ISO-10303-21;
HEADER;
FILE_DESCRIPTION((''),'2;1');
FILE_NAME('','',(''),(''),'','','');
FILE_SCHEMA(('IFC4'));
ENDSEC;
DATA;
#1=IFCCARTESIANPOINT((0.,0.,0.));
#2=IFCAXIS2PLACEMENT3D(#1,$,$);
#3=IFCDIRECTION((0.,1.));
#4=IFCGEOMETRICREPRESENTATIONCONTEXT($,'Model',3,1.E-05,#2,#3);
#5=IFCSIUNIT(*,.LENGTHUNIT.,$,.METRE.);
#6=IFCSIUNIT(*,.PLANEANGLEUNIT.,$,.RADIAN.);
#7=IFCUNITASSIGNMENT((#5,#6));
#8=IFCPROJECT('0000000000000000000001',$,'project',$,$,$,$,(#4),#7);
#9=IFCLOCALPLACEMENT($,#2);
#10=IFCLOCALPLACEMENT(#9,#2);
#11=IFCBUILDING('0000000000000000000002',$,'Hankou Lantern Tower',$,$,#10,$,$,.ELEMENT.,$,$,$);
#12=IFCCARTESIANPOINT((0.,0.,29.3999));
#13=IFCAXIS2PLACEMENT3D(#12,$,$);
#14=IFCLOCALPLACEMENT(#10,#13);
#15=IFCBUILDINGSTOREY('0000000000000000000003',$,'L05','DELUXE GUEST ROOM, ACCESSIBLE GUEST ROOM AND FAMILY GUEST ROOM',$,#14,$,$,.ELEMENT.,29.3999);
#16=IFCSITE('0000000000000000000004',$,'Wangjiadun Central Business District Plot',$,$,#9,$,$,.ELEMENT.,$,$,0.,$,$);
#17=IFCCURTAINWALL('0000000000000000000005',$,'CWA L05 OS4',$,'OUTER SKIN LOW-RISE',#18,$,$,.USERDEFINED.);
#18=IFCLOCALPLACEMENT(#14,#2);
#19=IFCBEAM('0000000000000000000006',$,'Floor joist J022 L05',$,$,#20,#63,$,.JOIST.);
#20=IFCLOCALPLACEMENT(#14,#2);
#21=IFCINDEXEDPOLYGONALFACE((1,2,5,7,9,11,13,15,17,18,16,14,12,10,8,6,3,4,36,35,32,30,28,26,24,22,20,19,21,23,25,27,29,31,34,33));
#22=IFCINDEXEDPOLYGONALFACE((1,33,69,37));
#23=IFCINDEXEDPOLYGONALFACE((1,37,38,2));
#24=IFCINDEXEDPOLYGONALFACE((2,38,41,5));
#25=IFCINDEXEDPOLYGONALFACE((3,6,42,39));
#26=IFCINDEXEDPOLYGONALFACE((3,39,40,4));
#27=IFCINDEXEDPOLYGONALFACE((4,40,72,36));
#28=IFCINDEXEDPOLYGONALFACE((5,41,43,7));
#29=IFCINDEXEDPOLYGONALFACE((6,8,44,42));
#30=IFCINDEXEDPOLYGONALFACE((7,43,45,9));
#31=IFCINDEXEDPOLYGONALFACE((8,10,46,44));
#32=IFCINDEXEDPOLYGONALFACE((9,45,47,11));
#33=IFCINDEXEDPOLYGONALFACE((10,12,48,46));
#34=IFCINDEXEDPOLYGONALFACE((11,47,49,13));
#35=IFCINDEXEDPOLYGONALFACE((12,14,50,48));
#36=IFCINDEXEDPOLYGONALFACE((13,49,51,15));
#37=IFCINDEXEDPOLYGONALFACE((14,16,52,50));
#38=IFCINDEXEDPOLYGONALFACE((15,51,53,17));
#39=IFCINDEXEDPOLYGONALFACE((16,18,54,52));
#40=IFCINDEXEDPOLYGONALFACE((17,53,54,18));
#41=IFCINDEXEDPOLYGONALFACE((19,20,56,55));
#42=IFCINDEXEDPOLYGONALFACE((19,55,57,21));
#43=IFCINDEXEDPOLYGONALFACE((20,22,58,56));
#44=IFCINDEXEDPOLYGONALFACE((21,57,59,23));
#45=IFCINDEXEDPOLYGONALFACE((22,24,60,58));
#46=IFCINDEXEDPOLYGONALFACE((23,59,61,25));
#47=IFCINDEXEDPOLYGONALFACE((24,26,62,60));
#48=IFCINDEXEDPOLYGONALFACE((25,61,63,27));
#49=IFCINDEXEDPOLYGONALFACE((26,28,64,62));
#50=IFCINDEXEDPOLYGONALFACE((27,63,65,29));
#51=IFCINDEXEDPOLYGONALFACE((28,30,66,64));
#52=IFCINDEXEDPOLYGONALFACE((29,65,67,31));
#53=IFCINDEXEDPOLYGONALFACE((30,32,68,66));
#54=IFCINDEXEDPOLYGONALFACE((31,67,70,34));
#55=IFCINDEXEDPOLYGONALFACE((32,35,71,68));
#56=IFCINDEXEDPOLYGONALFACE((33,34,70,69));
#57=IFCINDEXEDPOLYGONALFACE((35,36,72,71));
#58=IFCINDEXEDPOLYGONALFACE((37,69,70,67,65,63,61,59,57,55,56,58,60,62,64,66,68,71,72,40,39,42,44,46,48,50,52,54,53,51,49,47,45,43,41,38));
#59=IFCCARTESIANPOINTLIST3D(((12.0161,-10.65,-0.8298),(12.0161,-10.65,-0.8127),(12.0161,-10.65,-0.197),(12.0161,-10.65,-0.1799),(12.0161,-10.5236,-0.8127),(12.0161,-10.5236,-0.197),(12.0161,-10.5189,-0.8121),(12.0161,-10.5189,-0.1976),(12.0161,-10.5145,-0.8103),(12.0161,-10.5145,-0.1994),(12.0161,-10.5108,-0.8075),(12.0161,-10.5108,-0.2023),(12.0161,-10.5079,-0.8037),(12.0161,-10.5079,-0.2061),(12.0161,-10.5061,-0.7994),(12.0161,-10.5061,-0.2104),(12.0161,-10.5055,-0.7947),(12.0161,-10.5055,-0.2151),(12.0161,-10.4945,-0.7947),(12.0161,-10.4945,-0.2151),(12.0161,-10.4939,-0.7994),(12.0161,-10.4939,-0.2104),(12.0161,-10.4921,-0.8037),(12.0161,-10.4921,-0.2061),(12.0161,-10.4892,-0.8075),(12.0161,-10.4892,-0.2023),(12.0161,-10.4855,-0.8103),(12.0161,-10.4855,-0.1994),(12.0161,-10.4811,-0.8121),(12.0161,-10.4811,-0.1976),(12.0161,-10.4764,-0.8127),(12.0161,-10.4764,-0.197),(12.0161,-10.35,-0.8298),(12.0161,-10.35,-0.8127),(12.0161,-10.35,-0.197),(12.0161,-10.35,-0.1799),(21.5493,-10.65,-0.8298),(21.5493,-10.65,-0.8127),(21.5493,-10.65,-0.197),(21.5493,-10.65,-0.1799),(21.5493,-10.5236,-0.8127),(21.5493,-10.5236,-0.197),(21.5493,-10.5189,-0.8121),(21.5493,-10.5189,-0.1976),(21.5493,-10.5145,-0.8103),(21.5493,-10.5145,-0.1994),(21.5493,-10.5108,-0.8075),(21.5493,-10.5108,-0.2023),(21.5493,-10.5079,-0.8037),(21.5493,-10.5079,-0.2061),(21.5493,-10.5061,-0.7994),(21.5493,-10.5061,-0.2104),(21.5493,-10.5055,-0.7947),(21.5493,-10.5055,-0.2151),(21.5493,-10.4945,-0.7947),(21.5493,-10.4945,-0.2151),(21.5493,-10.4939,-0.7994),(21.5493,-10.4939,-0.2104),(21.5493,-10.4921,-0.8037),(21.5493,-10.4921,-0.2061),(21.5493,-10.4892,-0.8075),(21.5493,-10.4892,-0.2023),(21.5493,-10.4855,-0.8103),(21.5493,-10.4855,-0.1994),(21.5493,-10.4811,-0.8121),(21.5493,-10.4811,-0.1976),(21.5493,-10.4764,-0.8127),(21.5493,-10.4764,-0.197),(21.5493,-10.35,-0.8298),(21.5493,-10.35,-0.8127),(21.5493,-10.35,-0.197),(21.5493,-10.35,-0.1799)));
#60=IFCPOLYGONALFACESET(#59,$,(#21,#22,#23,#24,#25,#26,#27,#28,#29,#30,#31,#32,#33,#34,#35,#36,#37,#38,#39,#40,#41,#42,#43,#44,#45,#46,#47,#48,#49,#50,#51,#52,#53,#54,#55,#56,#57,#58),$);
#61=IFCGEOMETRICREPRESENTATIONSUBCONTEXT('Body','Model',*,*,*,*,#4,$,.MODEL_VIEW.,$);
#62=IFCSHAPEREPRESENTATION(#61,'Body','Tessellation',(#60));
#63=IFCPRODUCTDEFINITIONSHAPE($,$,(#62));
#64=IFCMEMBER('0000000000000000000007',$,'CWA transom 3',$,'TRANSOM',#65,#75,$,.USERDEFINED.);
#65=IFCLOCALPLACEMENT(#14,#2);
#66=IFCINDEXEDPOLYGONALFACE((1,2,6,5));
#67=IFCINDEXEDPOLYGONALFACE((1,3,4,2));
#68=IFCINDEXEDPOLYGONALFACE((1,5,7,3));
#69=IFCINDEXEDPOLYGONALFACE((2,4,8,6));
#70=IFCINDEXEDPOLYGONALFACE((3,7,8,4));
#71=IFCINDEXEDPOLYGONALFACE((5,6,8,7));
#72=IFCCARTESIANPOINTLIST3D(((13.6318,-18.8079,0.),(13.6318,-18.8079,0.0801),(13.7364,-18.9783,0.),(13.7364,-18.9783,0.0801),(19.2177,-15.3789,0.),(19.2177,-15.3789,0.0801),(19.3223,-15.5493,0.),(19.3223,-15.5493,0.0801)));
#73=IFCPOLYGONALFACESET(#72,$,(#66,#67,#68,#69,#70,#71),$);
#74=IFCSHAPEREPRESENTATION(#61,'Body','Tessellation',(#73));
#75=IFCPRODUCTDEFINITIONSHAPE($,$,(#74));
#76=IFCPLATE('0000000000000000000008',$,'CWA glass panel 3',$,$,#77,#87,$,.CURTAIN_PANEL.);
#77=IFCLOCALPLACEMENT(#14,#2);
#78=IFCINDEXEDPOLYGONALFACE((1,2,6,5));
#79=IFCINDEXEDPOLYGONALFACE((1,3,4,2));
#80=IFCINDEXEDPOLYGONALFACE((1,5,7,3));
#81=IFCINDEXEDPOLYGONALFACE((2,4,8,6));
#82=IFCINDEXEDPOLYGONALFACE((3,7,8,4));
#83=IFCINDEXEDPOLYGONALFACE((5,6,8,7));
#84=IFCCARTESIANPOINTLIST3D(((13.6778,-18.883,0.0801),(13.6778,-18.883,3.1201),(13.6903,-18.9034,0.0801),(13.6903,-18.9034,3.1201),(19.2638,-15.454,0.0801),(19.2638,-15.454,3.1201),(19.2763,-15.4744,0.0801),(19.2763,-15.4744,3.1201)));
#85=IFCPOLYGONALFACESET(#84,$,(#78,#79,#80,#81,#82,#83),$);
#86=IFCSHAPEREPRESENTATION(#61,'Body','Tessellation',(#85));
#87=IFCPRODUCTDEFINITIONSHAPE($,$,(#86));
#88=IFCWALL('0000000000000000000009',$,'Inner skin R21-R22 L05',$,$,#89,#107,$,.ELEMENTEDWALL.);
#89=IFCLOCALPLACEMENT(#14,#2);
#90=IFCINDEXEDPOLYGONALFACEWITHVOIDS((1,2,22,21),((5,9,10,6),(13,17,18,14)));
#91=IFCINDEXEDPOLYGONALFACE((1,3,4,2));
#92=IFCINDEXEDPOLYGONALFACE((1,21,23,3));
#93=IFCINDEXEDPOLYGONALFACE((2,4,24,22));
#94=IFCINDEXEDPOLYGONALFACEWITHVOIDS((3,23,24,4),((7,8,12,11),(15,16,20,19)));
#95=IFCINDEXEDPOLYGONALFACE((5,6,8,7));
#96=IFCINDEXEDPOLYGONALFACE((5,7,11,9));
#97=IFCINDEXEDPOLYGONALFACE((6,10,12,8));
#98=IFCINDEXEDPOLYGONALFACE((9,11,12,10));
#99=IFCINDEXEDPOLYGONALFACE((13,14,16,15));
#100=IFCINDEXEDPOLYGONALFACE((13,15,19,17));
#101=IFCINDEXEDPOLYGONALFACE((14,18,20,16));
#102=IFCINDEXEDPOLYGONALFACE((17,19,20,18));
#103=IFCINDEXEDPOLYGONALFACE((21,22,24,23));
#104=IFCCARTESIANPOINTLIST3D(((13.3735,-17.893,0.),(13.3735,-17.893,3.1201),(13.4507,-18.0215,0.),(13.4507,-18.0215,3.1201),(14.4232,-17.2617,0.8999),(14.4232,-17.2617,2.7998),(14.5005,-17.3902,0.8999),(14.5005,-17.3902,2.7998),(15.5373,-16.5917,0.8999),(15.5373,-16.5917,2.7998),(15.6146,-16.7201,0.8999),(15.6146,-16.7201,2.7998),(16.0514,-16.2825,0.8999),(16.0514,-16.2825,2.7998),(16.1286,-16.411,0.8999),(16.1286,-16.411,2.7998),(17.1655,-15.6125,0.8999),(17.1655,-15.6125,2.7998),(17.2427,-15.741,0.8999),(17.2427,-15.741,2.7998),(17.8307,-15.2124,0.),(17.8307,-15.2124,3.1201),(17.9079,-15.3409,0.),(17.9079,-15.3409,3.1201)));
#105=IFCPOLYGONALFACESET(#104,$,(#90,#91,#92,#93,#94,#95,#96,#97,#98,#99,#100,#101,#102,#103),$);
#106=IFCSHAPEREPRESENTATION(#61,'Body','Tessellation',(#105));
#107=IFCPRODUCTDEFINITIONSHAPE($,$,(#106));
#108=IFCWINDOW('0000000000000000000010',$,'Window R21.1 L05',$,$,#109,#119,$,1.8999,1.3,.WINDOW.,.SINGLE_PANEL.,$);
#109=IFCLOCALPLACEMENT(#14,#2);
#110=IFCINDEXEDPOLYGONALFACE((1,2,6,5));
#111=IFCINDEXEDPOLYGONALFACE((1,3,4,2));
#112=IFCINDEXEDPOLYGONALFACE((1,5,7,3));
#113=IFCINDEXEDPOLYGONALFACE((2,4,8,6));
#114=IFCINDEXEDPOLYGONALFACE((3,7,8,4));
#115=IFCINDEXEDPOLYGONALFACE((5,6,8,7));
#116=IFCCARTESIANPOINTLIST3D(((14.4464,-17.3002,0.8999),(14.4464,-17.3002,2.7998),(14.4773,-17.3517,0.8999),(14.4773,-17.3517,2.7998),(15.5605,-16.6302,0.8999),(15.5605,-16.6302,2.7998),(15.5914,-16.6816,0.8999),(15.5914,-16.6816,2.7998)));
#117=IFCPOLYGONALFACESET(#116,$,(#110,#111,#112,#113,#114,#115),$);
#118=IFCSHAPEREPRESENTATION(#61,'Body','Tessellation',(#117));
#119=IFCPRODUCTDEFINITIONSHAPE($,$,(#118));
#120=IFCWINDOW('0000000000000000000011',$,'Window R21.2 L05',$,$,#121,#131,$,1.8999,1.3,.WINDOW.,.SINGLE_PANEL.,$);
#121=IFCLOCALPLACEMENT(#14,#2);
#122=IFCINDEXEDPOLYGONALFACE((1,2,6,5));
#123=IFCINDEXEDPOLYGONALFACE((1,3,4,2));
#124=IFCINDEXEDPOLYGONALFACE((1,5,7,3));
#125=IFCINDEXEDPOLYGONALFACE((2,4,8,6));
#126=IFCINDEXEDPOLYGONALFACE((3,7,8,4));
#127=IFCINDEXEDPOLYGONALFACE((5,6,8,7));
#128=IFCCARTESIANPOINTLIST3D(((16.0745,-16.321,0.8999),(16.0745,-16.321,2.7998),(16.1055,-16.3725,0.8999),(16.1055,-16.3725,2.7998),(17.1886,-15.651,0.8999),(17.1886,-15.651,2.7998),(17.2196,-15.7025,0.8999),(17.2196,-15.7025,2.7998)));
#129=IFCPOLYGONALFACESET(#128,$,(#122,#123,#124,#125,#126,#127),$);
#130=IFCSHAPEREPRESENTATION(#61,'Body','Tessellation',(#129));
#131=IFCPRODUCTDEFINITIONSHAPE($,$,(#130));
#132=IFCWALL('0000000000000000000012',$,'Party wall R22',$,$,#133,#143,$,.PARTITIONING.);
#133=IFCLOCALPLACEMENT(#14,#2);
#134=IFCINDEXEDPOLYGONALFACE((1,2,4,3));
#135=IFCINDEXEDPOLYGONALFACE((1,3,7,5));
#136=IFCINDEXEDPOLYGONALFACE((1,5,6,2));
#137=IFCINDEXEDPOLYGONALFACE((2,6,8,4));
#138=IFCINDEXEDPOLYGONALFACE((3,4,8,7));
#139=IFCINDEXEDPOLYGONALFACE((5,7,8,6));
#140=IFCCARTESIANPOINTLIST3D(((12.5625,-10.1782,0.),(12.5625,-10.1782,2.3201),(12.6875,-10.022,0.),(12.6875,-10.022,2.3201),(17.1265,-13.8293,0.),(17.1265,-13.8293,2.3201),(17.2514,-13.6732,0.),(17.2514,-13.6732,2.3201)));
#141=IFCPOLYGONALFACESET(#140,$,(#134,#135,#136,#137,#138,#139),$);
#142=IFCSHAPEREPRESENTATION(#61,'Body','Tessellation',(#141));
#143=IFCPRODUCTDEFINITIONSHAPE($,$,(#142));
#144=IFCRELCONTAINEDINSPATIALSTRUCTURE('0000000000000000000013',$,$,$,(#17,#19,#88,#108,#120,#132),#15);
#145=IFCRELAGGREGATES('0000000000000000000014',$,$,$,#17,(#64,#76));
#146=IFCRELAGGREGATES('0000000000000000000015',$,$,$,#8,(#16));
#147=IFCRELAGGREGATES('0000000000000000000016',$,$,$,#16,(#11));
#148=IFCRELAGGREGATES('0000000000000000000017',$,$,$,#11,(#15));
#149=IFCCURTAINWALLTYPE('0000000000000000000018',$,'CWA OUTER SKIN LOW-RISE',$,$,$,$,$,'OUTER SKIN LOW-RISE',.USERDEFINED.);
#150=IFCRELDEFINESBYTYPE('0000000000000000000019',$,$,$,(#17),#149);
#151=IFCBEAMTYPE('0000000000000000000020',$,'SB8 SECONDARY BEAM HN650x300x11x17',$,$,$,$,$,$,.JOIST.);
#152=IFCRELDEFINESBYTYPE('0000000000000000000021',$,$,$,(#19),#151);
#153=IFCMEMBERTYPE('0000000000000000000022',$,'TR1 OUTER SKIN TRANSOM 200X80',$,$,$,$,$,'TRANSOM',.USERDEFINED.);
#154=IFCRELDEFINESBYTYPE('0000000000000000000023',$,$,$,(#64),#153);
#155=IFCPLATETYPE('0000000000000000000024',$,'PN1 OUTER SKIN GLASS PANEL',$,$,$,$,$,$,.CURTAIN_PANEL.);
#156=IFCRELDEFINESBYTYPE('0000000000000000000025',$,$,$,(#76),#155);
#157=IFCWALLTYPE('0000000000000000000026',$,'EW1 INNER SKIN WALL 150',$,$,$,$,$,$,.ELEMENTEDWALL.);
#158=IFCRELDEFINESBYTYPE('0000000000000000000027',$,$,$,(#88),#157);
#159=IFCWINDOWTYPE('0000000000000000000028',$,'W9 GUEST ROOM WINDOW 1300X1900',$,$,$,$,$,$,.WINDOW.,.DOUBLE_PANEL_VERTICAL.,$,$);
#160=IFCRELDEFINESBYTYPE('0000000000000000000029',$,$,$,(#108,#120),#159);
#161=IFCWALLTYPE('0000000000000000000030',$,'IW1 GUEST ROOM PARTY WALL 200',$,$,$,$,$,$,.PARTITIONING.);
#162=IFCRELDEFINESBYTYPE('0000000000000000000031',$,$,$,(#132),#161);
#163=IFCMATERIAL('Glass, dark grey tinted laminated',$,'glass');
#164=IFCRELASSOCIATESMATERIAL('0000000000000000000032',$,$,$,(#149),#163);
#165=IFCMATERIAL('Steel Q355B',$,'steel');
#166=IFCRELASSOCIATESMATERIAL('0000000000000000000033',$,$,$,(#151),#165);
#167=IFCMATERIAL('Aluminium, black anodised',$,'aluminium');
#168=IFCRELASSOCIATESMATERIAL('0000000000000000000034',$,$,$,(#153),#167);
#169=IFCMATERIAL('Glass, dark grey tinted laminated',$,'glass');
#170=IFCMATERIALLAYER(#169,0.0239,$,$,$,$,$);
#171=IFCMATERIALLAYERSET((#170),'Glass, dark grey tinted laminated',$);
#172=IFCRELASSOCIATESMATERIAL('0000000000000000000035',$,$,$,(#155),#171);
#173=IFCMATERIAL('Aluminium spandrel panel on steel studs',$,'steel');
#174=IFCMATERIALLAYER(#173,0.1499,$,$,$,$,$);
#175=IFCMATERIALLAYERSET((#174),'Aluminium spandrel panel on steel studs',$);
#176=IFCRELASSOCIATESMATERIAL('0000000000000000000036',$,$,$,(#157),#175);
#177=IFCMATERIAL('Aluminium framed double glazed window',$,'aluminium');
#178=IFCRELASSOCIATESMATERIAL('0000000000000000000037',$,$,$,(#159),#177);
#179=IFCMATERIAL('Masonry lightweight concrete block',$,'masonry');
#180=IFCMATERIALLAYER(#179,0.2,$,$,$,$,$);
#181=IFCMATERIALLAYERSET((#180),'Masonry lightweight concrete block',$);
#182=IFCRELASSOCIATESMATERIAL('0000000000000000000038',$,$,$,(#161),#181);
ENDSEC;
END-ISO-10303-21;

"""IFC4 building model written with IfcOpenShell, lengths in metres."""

from ifc_helpers import new_model, si_unit, direction, frame, frame_2d, origin, origin_2d, place, context, subcontext, project, spatial, rectangle, i_section, extrude, material, layer, layer_set, material_profile, profile_set, type_object, element, fill, aggregate, save


model = new_model("IFC4")

# Units and contexts
model_context = context("Model", 3, precision=1e-05, world=origin(), true_north=direction((0.0, 1.0)))
body_context = subcontext(model_context, "Body", "Model", "MODEL_VIEW")
ifc_project = project(units=[si_unit("LENGTHUNIT", "METRE"), si_unit("PLANEANGLEUNIT", "RADIAN")], contexts=[model_context])

# Site, building, storey
site_placement = place(None, origin())
site = spatial("IfcSite", under=ifc_project, at=site_placement, Name="Wangjiadun Central Business District Plot", CompositionType="ELEMENT", RefElevation=0.0)
building_placement = place(site_placement, origin())
building = spatial("IfcBuilding", under=site, at=building_placement, Name="Hankou Lantern Tower", CompositionType="ELEMENT")
storey_placement = place(building_placement, frame((0.0, 0.0, 29.3999)))
storey = spatial("IfcBuildingStorey", under=building, at=storey_placement, Name="L05", Description="DELUXE GUEST ROOM, ACCESSIBLE GUEST ROOM AND FAMILY GUEST ROOM", CompositionType="ELEMENT", Elevation=29.3999)

# Curtain wall
ifc_material_1 = material(Name="Glass, dark grey tinted laminated", Category="glass")
curtain_wall_type = type_object("IfcCurtainWallType", Name="CWA OUTER SKIN LOW-RISE", ElementType="OUTER SKIN LOW-RISE", PredefinedType="USERDEFINED", material=ifc_material_1)
curtain_wall_placement = place(storey_placement, origin())
curtain_wall = element("IfcCurtainWall", 1, at=curtain_wall_placement, inside=storey, type_object=curtain_wall_type, Name="CWA L05 OS4", ObjectType="OUTER SKIN LOW-RISE", PredefinedType="USERDEFINED")

# Beam
ifc_material_2 = material(Name="Steel Q355B", Category="steel")
ifc_material_profile_1 = material_profile(ifc_material_2, i_section(OverallWidth=0.3, OverallDepth=0.6499, WebThickness=0.011, FlangeThickness=0.0171, FilletRadius=0.0181, at=origin_2d()), Name="HN650x300x11x17")
ifc_profile_set_1 = profile_set([ifc_material_profile_1], Name="Steel Q355B")
beam_type_1 = type_object("IfcBeamType", Name="SB8 SECONDARY BEAM HN650x300x11x17", PredefinedType="JOIST", material=ifc_profile_set_1)
beam_1_placement = place(storey_placement, frame((12.0161, -10.5, -0.5049), z_axis=(1.0, 0.0, 0.0), x_axis=(0.0, 1.0, 0.0)))
element("IfcBeam", 2, at=beam_1_placement, inside=storey, type_object=beam_type_1, Name="Floor joist J022 L05", PredefinedType="JOIST", context=body_context, shape_type="SweptSolid", body=[
    extrude(i_section(OverallWidth=0.3, OverallDepth=0.6499, WebThickness=0.011, FlangeThickness=0.0171, FilletRadius=0.0181, at=origin_2d()), origin(), (0.0, 0.0, 1.0), 9.5332),
])

# Member
ifc_material_3 = material(Name="Aluminium, black anodised", Category="aluminium")
ifc_material_profile_2 = material_profile(ifc_material_3, rectangle(XDim=0.2, YDim=0.0801, at=origin_2d()), Name="TR1 200X80")
ifc_profile_set_2 = profile_set([ifc_material_profile_2], Name="Aluminium, black anodised")
member_type_1 = type_object("IfcMemberType", Name="TR1 OUTER SKIN TRANSOM 200X80", ElementType="TRANSOM", PredefinedType="USERDEFINED", material=ifc_profile_set_2)
member_1_placement = place(storey_placement, frame((13.6841, -18.8931, 0.04), z_axis=(0.85224, 0.523152, 0.0), x_axis=(-0.523152, 0.85224, 0.0)))
member_1 = element("IfcMember", 3, at=member_1_placement, type_object=member_type_1, Name="CWA transom 3", ObjectType="TRANSOM", PredefinedType="USERDEFINED", context=body_context, shape_type="SweptSolid", body=[
    extrude(rectangle(XDim=0.2, YDim=0.0801, at=origin_2d()), origin(), (0.0, 0.0, 1.0), 6.5544),
])

# Plate
ifc_material_4 = material(Name="Glass, dark grey tinted laminated", Category="glass")
ifc_layer_1 = layer(ifc_material_4, 0.0239)
ifc_layer_set_1 = layer_set([ifc_layer_1], Name="Glass, dark grey tinted laminated")
plate_type = type_object("IfcPlateType", Name="PN1 OUTER SKIN GLASS PANEL", PredefinedType="CURTAIN_PANEL", material=ifc_layer_set_1)
plate_placement = place(storey_placement, frame((16.4771, -17.1787, 0.0801), z_axis=(0.0, 0.0, 1.0), x_axis=(0.852237, 0.523156, 0.0)))
plate = element("IfcPlate", 4, at=plate_placement, type_object=plate_type, Name="CWA glass panel 3", PredefinedType="CURTAIN_PANEL", context=body_context, shape_type="SweptSolid", body=[
    extrude(rectangle(XDim=6.5544, YDim=0.0239, at=origin_2d()), origin(), (0.0, 0.0, 1.0), 3.04),
])
aggregate(curtain_wall, [member_1, plate])

# Wall, openings, windows
ifc_material_5 = material(Name="Aluminium spandrel panel on steel studs", Category="steel")
ifc_layer_2 = layer(ifc_material_5, 0.1499)
ifc_layer_set_2 = layer_set([ifc_layer_2], Name="Aluminium spandrel panel on steel studs")
wall_type_1 = type_object("IfcWallType", Name="EW1 INNER SKIN WALL 150", PredefinedType="ELEMENTEDWALL", material=ifc_layer_set_2)
wall_1_placement = place(storey_placement, frame((13.4121, -17.9573, 0.0), z_axis=(0.0, 0.0, 1.0), x_axis=(0.856958, 0.515386, 0.0)))
wall_1 = element("IfcWall", 5, at=wall_1_placement, inside=storey, type_object=wall_type_1, Name="Inner skin R21-R22 L05", PredefinedType="ELEMENTEDWALL", context=body_context, shape_type="SweptSolid", body=[
    extrude(rectangle(XDim=5.2012, YDim=0.1499, at=frame_2d((2.6006, 0.0))), origin(), (0.0, 0.0, 1.0), 3.1201),
])
opening_1_placement = place(wall_1_placement, frame((1.2251, 0.0, 0.8999)))
opening_1 = element("IfcOpeningElement", 6, at=opening_1_placement, cuts=wall_1, PredefinedType="OPENING", context=body_context, shape_type="SweptSolid", body=[
    extrude(rectangle(XDim=1.3, YDim=1.8999, at=frame_2d((0.6499, 0.95))), frame((0.0, 0.085, 0.0), z_axis=(0.0, -1.0, 0.0), x_axis=(1.0, 0.0, 0.0)), (0.0, 0.0, 1.0), 0.1699),
])
opening_2_placement = place(wall_1_placement, frame((3.125, 0.0, 0.8999)))
opening_2 = element("IfcOpeningElement", 7, at=opening_2_placement, cuts=wall_1, PredefinedType="OPENING", context=body_context, shape_type="SweptSolid", body=[
    extrude(rectangle(XDim=1.3, YDim=1.8999, at=frame_2d((0.6499, 0.95))), frame((0.0, 0.085, 0.0), z_axis=(0.0, -1.0, 0.0), x_axis=(1.0, 0.0, 0.0)), (0.0, 0.0, 1.0), 0.1699),
])
ifc_material_6 = material(Name="Aluminium framed double glazed window", Category="aluminium")
window_type = type_object("IfcWindowType", Name="W9 GUEST ROOM WINDOW 1300X1900", PartitioningType="DOUBLE_PANEL_VERTICAL", PredefinedType="WINDOW", material=ifc_material_6)
window_1_placement = place(opening_1_placement, origin())
window_1 = element("IfcWindow", 8, at=window_1_placement, inside=storey, type_object=window_type, Name="Window R21.1 L05", OverallHeight=1.8999, OverallWidth=1.3, PartitioningType="SINGLE_PANEL", PredefinedType="WINDOW", context=body_context, shape_type="SweptSolid", body=[
    extrude(rectangle(XDim=1.3, YDim=1.8999, at=frame_2d((0.6499, 0.95))), frame((0.0, 0.03, 0.0), z_axis=(0.0, -1.0, 0.0), x_axis=(1.0, 0.0, 0.0)), (0.0, 0.0, 1.0), 0.0601),
])
fill(opening_1, window_1)
window_2_placement = place(opening_2_placement, origin())
window_2 = element("IfcWindow", 9, at=window_2_placement, inside=storey, type_object=window_type, Name="Window R21.2 L05", OverallHeight=1.8999, OverallWidth=1.3, PartitioningType="SINGLE_PANEL", PredefinedType="WINDOW", context=body_context, shape_type="SweptSolid", body=[
    extrude(rectangle(XDim=1.3, YDim=1.8999, at=frame_2d((0.6499, 0.95))), frame((0.0, 0.03, 0.0), z_axis=(0.0, -1.0, 0.0), x_axis=(1.0, 0.0, 0.0)), (0.0, 0.0, 1.0), 0.0601),
])
fill(opening_2, window_2)

# Wall
ifc_material_7 = material(Name="Masonry lightweight concrete block", Category="masonry")
ifc_layer_3 = layer(ifc_material_7, 0.2)
ifc_layer_set_3 = layer_set([ifc_layer_3], Name="Masonry lightweight concrete block")
wall_type_2 = type_object("IfcWallType", Name="IW1 GUEST ROOM PARTY WALL 200", PredefinedType="PARTITIONING", material=ifc_layer_set_3)
wall_2_placement = place(storey_placement, frame((12.625, -10.1001, 0.0), z_axis=(0.0, 0.0, 1.0), x_axis=(0.780873, -0.62469, 0.0)))
element("IfcWall", 10, at=wall_2_placement, inside=storey, type_object=wall_type_2, Name="Party wall R22", PredefinedType="PARTITIONING", context=body_context, shape_type="SweptSolid", body=[
    extrude(rectangle(XDim=5.8447, YDim=0.2, at=frame_2d((2.9224, 0.0))), origin(), (0.0, 0.0, 1.0), 2.3201),
])

save(model, "model.ifc")
